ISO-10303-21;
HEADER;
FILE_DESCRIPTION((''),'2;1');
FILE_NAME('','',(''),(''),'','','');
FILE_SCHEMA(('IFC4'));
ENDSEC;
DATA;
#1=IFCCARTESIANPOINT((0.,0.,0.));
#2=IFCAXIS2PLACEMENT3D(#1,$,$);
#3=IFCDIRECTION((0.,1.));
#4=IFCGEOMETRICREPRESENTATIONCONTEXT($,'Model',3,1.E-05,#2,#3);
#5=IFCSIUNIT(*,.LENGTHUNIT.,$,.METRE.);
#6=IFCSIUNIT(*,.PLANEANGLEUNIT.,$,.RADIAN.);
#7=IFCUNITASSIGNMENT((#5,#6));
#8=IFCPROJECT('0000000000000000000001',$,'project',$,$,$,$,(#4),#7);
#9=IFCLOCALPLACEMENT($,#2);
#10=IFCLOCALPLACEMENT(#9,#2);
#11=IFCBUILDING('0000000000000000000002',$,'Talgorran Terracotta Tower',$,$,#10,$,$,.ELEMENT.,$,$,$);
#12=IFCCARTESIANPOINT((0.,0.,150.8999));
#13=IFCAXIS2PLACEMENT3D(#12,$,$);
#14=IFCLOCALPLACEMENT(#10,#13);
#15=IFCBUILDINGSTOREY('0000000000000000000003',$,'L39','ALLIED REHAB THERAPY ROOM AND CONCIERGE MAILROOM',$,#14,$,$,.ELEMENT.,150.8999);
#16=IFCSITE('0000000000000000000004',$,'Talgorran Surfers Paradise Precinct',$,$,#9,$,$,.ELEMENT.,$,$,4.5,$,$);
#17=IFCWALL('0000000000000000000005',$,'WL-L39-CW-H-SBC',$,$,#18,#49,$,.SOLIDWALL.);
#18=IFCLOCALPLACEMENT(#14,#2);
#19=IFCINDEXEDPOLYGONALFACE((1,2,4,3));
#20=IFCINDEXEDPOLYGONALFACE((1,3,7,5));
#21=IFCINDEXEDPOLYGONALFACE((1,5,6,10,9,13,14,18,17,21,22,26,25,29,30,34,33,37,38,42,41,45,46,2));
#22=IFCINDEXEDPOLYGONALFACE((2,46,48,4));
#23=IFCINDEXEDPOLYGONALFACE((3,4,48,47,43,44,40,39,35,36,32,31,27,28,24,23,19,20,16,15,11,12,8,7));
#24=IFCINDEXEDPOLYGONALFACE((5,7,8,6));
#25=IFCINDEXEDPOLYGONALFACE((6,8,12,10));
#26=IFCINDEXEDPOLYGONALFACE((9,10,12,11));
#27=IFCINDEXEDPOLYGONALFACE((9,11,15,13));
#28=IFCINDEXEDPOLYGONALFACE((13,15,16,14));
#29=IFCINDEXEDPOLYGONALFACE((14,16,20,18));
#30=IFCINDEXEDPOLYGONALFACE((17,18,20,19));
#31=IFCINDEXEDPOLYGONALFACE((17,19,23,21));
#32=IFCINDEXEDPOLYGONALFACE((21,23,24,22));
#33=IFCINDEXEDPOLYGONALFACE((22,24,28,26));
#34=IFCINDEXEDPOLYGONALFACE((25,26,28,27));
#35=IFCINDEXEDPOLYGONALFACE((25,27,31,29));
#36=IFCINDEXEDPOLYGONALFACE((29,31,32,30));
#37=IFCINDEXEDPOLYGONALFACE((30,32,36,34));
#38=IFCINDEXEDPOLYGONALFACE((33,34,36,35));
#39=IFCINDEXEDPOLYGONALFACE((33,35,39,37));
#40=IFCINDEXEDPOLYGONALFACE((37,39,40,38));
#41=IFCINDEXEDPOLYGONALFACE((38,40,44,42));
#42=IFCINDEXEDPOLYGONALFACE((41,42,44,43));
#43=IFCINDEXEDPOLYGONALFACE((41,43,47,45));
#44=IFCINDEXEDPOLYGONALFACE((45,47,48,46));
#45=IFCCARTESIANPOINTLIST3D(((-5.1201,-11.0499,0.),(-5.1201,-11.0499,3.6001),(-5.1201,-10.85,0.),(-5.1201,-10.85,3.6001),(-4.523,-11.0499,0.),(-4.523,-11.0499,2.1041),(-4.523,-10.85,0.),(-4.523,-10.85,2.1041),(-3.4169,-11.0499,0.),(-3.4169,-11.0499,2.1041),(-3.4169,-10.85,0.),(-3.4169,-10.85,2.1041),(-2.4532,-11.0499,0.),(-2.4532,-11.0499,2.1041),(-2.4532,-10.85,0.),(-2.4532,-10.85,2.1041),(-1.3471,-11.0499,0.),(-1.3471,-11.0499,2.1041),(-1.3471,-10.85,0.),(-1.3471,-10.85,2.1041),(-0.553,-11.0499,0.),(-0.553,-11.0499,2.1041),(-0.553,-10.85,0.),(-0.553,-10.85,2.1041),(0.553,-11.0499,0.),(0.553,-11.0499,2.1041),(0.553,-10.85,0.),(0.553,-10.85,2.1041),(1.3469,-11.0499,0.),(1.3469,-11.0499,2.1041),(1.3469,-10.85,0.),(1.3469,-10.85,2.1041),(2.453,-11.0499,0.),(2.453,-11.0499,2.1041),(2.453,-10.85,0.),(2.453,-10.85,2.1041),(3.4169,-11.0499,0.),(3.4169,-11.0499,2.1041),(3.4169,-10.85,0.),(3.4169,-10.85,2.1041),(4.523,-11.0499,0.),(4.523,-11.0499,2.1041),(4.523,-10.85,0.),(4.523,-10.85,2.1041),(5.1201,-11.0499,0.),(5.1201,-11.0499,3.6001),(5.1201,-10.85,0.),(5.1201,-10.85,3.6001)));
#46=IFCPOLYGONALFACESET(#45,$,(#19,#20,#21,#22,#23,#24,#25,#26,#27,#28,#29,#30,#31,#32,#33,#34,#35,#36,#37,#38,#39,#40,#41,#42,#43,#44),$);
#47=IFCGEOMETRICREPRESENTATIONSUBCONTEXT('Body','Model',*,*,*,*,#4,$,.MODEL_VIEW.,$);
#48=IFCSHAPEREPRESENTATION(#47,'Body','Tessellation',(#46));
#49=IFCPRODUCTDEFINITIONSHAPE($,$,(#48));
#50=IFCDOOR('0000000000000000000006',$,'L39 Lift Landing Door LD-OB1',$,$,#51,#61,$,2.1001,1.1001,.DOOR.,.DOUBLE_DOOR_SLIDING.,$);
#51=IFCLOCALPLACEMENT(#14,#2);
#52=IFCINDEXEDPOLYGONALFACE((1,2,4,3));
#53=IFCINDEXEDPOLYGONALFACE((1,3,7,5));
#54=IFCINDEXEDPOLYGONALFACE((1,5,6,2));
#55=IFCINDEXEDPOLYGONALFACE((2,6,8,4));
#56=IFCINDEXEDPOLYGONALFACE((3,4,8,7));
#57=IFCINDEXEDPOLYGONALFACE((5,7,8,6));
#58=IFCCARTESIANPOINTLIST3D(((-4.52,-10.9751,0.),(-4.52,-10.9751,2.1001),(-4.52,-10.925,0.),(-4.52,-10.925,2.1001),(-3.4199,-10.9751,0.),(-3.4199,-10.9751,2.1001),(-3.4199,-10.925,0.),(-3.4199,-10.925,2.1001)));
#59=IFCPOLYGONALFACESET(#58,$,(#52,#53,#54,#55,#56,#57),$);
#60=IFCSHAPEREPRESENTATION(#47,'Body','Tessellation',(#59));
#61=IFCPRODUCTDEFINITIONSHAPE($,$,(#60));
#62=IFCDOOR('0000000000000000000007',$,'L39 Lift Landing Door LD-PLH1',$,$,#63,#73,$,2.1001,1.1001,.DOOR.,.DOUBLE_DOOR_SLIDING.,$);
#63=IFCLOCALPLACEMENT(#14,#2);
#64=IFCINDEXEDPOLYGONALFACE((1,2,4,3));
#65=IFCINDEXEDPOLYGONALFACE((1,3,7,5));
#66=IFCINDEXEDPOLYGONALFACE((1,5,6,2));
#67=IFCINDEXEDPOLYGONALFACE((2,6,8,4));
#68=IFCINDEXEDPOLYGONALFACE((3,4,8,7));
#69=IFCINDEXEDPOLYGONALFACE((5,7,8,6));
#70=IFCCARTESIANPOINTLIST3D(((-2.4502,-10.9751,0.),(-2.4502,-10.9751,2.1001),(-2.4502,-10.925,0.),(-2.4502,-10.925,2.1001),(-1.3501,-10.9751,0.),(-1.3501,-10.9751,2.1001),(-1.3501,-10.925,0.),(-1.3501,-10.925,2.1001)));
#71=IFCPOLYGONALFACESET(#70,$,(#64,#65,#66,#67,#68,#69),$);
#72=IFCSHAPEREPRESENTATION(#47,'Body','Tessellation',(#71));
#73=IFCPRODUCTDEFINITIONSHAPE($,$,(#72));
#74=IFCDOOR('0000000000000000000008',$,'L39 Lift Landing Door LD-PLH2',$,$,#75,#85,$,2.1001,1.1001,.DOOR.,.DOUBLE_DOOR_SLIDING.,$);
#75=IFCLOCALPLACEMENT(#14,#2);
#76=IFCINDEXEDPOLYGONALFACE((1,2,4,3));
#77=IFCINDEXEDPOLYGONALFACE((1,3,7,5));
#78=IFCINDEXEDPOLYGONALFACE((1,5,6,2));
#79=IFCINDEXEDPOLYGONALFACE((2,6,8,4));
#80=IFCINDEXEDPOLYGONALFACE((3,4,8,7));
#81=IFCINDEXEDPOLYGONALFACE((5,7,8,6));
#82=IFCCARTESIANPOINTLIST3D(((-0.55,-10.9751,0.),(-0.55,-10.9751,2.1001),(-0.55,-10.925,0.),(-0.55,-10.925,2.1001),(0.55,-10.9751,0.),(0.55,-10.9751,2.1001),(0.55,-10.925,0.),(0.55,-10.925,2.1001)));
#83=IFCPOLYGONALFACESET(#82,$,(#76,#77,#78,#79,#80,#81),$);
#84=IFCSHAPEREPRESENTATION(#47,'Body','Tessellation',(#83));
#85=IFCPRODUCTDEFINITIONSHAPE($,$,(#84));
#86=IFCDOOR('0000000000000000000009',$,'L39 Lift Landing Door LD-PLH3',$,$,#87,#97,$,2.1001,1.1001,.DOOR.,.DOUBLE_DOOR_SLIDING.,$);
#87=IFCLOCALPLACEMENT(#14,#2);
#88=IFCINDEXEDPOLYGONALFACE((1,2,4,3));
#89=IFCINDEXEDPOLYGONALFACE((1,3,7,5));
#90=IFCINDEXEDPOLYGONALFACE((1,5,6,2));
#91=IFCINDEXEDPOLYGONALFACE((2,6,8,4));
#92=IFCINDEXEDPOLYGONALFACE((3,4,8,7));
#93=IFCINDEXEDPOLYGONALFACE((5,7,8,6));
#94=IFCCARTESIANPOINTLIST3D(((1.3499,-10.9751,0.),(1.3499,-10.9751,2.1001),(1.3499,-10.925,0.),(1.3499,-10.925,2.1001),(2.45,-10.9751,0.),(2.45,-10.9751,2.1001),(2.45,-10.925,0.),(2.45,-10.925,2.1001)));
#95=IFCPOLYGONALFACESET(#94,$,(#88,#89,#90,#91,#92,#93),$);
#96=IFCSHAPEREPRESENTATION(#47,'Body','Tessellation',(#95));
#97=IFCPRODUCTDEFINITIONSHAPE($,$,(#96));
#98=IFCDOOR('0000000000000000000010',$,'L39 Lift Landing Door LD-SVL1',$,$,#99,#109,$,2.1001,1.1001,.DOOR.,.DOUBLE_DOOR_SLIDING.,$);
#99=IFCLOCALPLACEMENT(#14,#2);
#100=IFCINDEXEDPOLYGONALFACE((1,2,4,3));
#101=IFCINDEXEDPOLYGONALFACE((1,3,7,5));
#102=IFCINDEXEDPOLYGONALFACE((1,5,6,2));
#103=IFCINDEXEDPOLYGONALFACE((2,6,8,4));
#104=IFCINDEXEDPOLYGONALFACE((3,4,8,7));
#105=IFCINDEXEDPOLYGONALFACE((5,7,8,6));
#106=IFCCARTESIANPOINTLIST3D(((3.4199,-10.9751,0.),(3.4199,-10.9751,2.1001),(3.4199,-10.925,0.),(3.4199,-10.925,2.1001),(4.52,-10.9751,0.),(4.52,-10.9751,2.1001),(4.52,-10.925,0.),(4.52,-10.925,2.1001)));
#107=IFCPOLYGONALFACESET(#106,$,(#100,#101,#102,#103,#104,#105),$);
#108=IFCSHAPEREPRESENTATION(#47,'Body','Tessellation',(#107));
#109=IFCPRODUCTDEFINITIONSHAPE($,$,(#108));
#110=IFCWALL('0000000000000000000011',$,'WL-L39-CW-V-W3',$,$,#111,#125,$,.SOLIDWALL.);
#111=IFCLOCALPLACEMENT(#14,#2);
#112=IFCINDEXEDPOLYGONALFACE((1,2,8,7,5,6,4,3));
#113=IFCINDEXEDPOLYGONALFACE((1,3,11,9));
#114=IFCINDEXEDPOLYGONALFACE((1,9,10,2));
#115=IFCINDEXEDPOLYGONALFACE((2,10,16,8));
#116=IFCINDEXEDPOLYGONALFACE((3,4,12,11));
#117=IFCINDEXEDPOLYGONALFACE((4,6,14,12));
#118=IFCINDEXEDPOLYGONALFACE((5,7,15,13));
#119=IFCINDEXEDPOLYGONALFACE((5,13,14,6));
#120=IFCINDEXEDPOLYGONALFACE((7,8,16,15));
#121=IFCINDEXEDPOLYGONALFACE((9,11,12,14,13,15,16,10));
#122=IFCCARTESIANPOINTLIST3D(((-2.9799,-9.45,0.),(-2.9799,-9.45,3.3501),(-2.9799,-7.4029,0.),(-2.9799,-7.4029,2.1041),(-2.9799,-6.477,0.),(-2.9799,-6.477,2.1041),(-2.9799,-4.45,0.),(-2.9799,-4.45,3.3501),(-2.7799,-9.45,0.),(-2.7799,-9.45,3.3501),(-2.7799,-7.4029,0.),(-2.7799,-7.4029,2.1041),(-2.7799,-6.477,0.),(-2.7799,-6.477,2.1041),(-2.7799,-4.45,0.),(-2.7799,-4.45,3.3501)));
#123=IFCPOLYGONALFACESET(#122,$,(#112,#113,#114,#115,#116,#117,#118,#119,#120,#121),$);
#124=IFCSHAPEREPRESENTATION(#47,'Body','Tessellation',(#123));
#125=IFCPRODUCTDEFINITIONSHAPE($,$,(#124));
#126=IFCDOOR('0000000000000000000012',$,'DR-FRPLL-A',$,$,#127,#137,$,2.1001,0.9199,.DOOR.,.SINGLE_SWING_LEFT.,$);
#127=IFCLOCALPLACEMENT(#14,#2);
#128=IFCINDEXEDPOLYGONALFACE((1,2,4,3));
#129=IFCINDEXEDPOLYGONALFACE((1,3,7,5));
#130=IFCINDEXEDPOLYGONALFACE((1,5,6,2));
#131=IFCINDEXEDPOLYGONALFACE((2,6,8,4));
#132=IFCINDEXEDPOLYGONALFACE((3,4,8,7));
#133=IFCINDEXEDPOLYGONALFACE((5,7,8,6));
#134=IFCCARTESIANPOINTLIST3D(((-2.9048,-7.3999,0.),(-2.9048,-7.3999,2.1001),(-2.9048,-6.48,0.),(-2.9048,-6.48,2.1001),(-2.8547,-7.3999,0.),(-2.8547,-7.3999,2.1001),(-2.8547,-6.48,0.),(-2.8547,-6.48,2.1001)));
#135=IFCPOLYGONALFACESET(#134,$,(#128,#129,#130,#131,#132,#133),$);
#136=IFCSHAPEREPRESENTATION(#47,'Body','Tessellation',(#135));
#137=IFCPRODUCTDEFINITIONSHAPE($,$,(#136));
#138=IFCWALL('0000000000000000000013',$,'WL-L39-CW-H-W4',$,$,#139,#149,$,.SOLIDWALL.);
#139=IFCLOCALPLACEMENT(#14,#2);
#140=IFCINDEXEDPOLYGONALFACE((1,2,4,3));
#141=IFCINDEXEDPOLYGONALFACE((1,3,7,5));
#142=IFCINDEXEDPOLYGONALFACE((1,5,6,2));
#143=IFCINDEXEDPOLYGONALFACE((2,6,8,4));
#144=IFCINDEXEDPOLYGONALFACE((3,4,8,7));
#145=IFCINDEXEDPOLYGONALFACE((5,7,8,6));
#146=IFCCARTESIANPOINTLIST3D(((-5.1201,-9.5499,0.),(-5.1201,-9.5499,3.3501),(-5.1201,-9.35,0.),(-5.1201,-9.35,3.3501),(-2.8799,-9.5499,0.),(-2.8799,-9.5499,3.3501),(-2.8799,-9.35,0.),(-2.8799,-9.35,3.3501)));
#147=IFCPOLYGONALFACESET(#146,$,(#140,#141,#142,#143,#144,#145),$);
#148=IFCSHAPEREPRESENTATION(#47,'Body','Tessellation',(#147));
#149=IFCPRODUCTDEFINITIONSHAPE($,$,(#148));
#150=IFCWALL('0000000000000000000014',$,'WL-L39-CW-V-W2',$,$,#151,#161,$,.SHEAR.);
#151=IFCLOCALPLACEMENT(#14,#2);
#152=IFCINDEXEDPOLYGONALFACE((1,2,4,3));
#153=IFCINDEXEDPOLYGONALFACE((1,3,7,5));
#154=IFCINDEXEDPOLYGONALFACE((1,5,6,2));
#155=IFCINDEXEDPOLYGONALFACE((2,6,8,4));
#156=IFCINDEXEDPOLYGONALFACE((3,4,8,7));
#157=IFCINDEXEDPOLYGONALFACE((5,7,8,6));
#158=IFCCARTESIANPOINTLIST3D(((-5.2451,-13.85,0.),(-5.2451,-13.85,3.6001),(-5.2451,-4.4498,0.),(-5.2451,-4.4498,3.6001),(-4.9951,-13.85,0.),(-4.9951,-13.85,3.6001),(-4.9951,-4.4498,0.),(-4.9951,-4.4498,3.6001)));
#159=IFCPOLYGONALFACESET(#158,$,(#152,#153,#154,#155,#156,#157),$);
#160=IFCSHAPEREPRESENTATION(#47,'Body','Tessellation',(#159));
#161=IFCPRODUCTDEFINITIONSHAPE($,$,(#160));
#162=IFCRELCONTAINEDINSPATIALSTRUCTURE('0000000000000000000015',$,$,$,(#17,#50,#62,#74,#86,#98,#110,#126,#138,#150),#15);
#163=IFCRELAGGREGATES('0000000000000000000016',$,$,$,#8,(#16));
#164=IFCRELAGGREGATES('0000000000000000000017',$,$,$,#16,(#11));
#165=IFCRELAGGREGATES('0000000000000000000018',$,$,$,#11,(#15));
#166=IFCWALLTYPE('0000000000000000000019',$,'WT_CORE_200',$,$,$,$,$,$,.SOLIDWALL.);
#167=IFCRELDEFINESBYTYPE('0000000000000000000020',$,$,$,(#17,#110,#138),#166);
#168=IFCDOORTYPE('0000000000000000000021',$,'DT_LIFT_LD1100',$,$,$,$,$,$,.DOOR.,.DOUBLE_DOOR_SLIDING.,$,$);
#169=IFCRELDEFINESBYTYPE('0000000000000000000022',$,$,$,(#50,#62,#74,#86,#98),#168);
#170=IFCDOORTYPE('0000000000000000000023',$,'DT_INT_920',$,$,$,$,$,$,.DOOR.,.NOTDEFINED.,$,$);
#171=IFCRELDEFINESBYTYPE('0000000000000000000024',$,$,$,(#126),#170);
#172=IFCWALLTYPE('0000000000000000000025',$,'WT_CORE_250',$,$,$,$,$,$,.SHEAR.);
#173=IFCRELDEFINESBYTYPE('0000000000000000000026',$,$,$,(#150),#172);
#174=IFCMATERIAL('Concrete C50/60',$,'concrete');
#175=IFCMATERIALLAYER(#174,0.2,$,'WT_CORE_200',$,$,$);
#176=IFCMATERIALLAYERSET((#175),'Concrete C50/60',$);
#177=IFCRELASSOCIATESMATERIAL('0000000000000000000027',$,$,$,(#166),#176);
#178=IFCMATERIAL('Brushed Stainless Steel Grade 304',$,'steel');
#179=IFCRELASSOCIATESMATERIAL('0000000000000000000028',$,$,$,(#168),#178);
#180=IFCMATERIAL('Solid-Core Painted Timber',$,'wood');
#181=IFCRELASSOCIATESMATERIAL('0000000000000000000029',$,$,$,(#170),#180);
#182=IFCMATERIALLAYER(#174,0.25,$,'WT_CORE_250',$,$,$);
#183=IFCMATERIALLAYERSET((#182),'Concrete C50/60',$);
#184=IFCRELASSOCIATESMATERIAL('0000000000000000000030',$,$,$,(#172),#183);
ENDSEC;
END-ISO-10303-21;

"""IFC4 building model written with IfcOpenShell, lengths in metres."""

from ifc_helpers import new_model, si_unit, direction, frame, frame_2d, origin, place, context, subcontext, project, spatial, rectangle, extrude, material, layer, layer_set, type_object, element, fill, save


model = new_model("IFC4")

# Units and contexts
model_context = context("Model", 3, precision=1e-05, world=origin(), true_north=direction((0.0, 1.0)))
body_context = subcontext(model_context, "Body", "Model", "MODEL_VIEW")
ifc_project = project(units=[si_unit("LENGTHUNIT", "METRE"), si_unit("PLANEANGLEUNIT", "RADIAN")], contexts=[model_context])

# Site, building, storey
site_placement = place(None, origin())
site = spatial("IfcSite", under=ifc_project, at=site_placement, Name="Talgorran Surfers Paradise Precinct", CompositionType="ELEMENT", RefElevation=4.5)
building_placement = place(site_placement, origin())
building = spatial("IfcBuilding", under=site, at=building_placement, Name="Talgorran Terracotta Tower", CompositionType="ELEMENT")
storey_placement = place(building_placement, frame((0.0, 0.0, 150.8999)))
storey = spatial("IfcBuildingStorey", under=building, at=storey_placement, Name="L39", Description="ALLIED REHAB THERAPY ROOM AND CONCIERGE MAILROOM", CompositionType="ELEMENT", Elevation=150.8999)

# Shared definitions
ifc_material_1 = material(Name="Concrete C50/60", Category="concrete")

# Wall, openings, doors
ifc_layer_1 = layer(ifc_material_1, 0.2, Name="WT_CORE_200")
ifc_layer_set_1 = layer_set([ifc_layer_1], Name="Concrete C50/60")
wall_type_1 = type_object("IfcWallType", Name="WT_CORE_200", PredefinedType="SOLIDWALL", material=ifc_layer_set_1)
wall_1_placement = place(storey_placement, frame((-5.1201, -10.95, 0.0), z_axis=(0.0, 0.0, 1.0), x_axis=(1.0, 0.0, 0.0)))
wall_1 = element("IfcWall", 1, at=wall_1_placement, inside=storey, type_object=wall_type_1, Name="WL-L39-CW-H-SBC", PredefinedType="SOLIDWALL", context=body_context, shape_type="SweptSolid", body=[
    extrude(rectangle(XDim=10.2402, YDim=0.2, at=frame_2d((5.1201, 0.0))), origin(), (0.0, 0.0, 1.0), 3.6001),
])
opening_1_placement = place(wall_1_placement, frame((0.6001, 0.0, 0.0)))
opening_1 = element("IfcOpeningElement", 2, at=opening_1_placement, cuts=wall_1, PredefinedType="OPENING", context=body_context, shape_type="SweptSolid", body=[
    extrude(rectangle(XDim=1.1061, YDim=2.1041, at=frame_2d((0.55, 1.052))), frame((0.0, 0.1099, 0.0), z_axis=(0.0, -1.0, 0.0), x_axis=(1.0, 0.0, 0.0)), (0.0, 0.0, 1.0), 0.22),
])
opening_2_placement = place(wall_1_placement, frame((2.6699, 0.0, 0.0)))
opening_2 = element("IfcOpeningElement", 3, at=opening_2_placement, cuts=wall_1, PredefinedType="OPENING", context=body_context, shape_type="SweptSolid", body=[
    extrude(rectangle(XDim=1.1061, YDim=2.1041, at=frame_2d((0.55, 1.052))), frame((0.0, 0.1099, 0.0), z_axis=(0.0, -1.0, 0.0), x_axis=(1.0, 0.0, 0.0)), (0.0, 0.0, 1.0), 0.22),
])
opening_3_placement = place(wall_1_placement, frame((4.5701, 0.0, 0.0)))
opening_3 = element("IfcOpeningElement", 4, at=opening_3_placement, cuts=wall_1, PredefinedType="OPENING", context=body_context, shape_type="SweptSolid", body=[
    extrude(rectangle(XDim=1.1061, YDim=2.1041, at=frame_2d((0.55, 1.052))), frame((0.0, 0.1099, 0.0), z_axis=(0.0, -1.0, 0.0), x_axis=(1.0, 0.0, 0.0)), (0.0, 0.0, 1.0), 0.22),
])
opening_4_placement = place(wall_1_placement, frame((6.47, 0.0, 0.0)))
opening_4 = element("IfcOpeningElement", 5, at=opening_4_placement, cuts=wall_1, PredefinedType="OPENING", context=body_context, shape_type="SweptSolid", body=[
    extrude(rectangle(XDim=1.1061, YDim=2.1041, at=frame_2d((0.55, 1.052))), frame((0.0, 0.1099, 0.0), z_axis=(0.0, -1.0, 0.0), x_axis=(1.0, 0.0, 0.0)), (0.0, 0.0, 1.0), 0.22),
])
opening_5_placement = place(wall_1_placement, frame((8.54, 0.0, 0.0)))
opening_5 = element("IfcOpeningElement", 6, at=opening_5_placement, cuts=wall_1, PredefinedType="OPENING", context=body_context, shape_type="SweptSolid", body=[
    extrude(rectangle(XDim=1.1061, YDim=2.1041, at=frame_2d((0.55, 1.052))), frame((0.0, 0.1099, 0.0), z_axis=(0.0, -1.0, 0.0), x_axis=(1.0, 0.0, 0.0)), (0.0, 0.0, 1.0), 0.22),
])
ifc_material_2 = material(Name="Brushed Stainless Steel Grade 304", Category="steel")
door_type_1 = type_object("IfcDoorType", Name="DT_LIFT_LD1100", OperationType="DOUBLE_DOOR_SLIDING", PredefinedType="DOOR", material=ifc_material_2)
door_1_placement = place(opening_1_placement, origin())
door_1 = element("IfcDoor", 7, at=door_1_placement, inside=storey, type_object=door_type_1, Name="L39 Lift Landing Door LD-OB1", OperationType="DOUBLE_DOOR_SLIDING", OverallHeight=2.1001, OverallWidth=1.1001, PredefinedType="DOOR", context=body_context, shape_type="SweptSolid", body=[
    extrude(rectangle(XDim=1.1001, YDim=2.1001, at=frame_2d((0.55, 1.05))), frame((0.0, 0.0249, 0.0), z_axis=(0.0, -1.0, 0.0), x_axis=(1.0, 0.0, 0.0)), (0.0, 0.0, 1.0), 0.05),
])
fill(opening_1, door_1)
door_2_placement = place(opening_2_placement, origin())
door_2 = element("IfcDoor", 8, at=door_2_placement, inside=storey, type_object=door_type_1, Name="L39 Lift Landing Door LD-PLH1", OperationType="DOUBLE_DOOR_SLIDING", OverallHeight=2.1001, OverallWidth=1.1001, PredefinedType="DOOR", context=body_context, shape_type="SweptSolid", body=[
    extrude(rectangle(XDim=1.1001, YDim=2.1001, at=frame_2d((0.55, 1.05))), frame((0.0, 0.0249, 0.0), z_axis=(0.0, -1.0, 0.0), x_axis=(1.0, 0.0, 0.0)), (0.0, 0.0, 1.0), 0.05),
])
fill(opening_2, door_2)
door_3_placement = place(opening_3_placement, origin())
door_3 = element("IfcDoor", 9, at=door_3_placement, inside=storey, type_object=door_type_1, Name="L39 Lift Landing Door LD-PLH2", OperationType="DOUBLE_DOOR_SLIDING", OverallHeight=2.1001, OverallWidth=1.1001, PredefinedType="DOOR", context=body_context, shape_type="SweptSolid", body=[
    extrude(rectangle(XDim=1.1001, YDim=2.1001, at=frame_2d((0.55, 1.05))), frame((0.0, 0.0249, 0.0), z_axis=(0.0, -1.0, 0.0), x_axis=(1.0, 0.0, 0.0)), (0.0, 0.0, 1.0), 0.05),
])
fill(opening_3, door_3)
door_4_placement = place(opening_4_placement, origin())
door_4 = element("IfcDoor", 10, at=door_4_placement, inside=storey, type_object=door_type_1, Name="L39 Lift Landing Door LD-PLH3", OperationType="DOUBLE_DOOR_SLIDING", OverallHeight=2.1001, OverallWidth=1.1001, PredefinedType="DOOR", context=body_context, shape_type="SweptSolid", body=[
    extrude(rectangle(XDim=1.1001, YDim=2.1001, at=frame_2d((0.55, 1.05))), frame((0.0, 0.0249, 0.0), z_axis=(0.0, -1.0, 0.0), x_axis=(1.0, 0.0, 0.0)), (0.0, 0.0, 1.0), 0.05),
])
fill(opening_4, door_4)
door_5_placement = place(opening_5_placement, origin())
door_5 = element("IfcDoor", 11, at=door_5_placement, inside=storey, type_object=door_type_1, Name="L39 Lift Landing Door LD-SVL1", OperationType="DOUBLE_DOOR_SLIDING", OverallHeight=2.1001, OverallWidth=1.1001, PredefinedType="DOOR", context=body_context, shape_type="SweptSolid", body=[
    extrude(rectangle(XDim=1.1001, YDim=2.1001, at=frame_2d((0.55, 1.05))), frame((0.0, 0.0249, 0.0), z_axis=(0.0, -1.0, 0.0), x_axis=(1.0, 0.0, 0.0)), (0.0, 0.0, 1.0), 0.05),
])
fill(opening_5, door_5)

# Wall, opening, door
wall_2_placement = place(storey_placement, frame((-2.8799, -9.45, 0.0), z_axis=(0.0, 0.0, 1.0), x_axis=(0.0, 1.0, 0.0)))
wall_2 = element("IfcWall", 12, at=wall_2_placement, inside=storey, type_object=wall_type_1, Name="WL-L39-CW-V-W3", PredefinedType="SOLIDWALL", context=body_context, shape_type="SweptSolid", body=[
    extrude(rectangle(XDim=5.0, YDim=0.2, at=frame_2d((2.5, 0.0))), origin(), (0.0, 0.0, 1.0), 3.3501),
])
opening_6_placement = place(wall_2_placement, frame((2.05, 0.0, 0.0)))
opening_6 = element("IfcOpeningElement", 13, at=opening_6_placement, cuts=wall_2, PredefinedType="OPENING", context=body_context, shape_type="SweptSolid", body=[
    extrude(rectangle(XDim=0.9259, YDim=2.1041, at=frame_2d((0.46, 1.052))), frame((0.0, 0.1099, 0.0), z_axis=(0.0, -1.0, 0.0), x_axis=(1.0, 0.0, 0.0)), (0.0, 0.0, 1.0), 0.22),
])
ifc_material_3 = material(Name="Solid-Core Painted Timber", Category="wood")
door_type_2 = type_object("IfcDoorType", Name="DT_INT_920", OperationType="NOTDEFINED", PredefinedType="DOOR", material=ifc_material_3)
door_6_placement = place(opening_6_placement, origin())
door_6 = element("IfcDoor", 14, at=door_6_placement, inside=storey, type_object=door_type_2, Name="DR-FRPLL-A", OperationType="SINGLE_SWING_LEFT", OverallHeight=2.1001, OverallWidth=0.9199, PredefinedType="DOOR", context=body_context, shape_type="SweptSolid", body=[
    extrude(rectangle(XDim=0.9199, YDim=2.1001, at=frame_2d((0.46, 1.05))), frame((0.0, 0.0249, 0.0), z_axis=(0.0, -1.0, 0.0), x_axis=(1.0, 0.0, 0.0)), (0.0, 0.0, 1.0), 0.05),
])
fill(opening_6, door_6)

# Walls
wall_3_placement = place(storey_placement, frame((-5.1201, -9.45, 0.0), z_axis=(0.0, 0.0, 1.0), x_axis=(1.0, 0.0, 0.0)))
element("IfcWall", 15, at=wall_3_placement, inside=storey, type_object=wall_type_1, Name="WL-L39-CW-H-W4", PredefinedType="SOLIDWALL", context=body_context, shape_type="SweptSolid", body=[
    extrude(rectangle(XDim=2.2402, YDim=0.2, at=frame_2d((1.1201, 0.0))), origin(), (0.0, 0.0, 1.0), 3.3501),
])
ifc_layer_2 = layer(ifc_material_1, 0.25, Name="WT_CORE_250")
ifc_layer_set_2 = layer_set([ifc_layer_2], Name="Concrete C50/60")
wall_type_2 = type_object("IfcWallType", Name="WT_CORE_250", PredefinedType="SHEAR", material=ifc_layer_set_2)
wall_4_placement = place(storey_placement, frame((-5.1201, -13.8501, 0.0), z_axis=(0.0, 0.0, 1.0), x_axis=(0.0, 1.0, 0.0)))
element("IfcWall", 16, at=wall_4_placement, inside=storey, type_object=wall_type_2, Name="WL-L39-CW-V-W2", PredefinedType="SHEAR", context=body_context, shape_type="SweptSolid", body=[
    extrude(rectangle(XDim=9.4001, YDim=0.25, at=frame_2d((4.7002, 0.0))), origin(), (0.0, 0.0, 1.0), 3.6001),
])

save(model, "model.ifc")
